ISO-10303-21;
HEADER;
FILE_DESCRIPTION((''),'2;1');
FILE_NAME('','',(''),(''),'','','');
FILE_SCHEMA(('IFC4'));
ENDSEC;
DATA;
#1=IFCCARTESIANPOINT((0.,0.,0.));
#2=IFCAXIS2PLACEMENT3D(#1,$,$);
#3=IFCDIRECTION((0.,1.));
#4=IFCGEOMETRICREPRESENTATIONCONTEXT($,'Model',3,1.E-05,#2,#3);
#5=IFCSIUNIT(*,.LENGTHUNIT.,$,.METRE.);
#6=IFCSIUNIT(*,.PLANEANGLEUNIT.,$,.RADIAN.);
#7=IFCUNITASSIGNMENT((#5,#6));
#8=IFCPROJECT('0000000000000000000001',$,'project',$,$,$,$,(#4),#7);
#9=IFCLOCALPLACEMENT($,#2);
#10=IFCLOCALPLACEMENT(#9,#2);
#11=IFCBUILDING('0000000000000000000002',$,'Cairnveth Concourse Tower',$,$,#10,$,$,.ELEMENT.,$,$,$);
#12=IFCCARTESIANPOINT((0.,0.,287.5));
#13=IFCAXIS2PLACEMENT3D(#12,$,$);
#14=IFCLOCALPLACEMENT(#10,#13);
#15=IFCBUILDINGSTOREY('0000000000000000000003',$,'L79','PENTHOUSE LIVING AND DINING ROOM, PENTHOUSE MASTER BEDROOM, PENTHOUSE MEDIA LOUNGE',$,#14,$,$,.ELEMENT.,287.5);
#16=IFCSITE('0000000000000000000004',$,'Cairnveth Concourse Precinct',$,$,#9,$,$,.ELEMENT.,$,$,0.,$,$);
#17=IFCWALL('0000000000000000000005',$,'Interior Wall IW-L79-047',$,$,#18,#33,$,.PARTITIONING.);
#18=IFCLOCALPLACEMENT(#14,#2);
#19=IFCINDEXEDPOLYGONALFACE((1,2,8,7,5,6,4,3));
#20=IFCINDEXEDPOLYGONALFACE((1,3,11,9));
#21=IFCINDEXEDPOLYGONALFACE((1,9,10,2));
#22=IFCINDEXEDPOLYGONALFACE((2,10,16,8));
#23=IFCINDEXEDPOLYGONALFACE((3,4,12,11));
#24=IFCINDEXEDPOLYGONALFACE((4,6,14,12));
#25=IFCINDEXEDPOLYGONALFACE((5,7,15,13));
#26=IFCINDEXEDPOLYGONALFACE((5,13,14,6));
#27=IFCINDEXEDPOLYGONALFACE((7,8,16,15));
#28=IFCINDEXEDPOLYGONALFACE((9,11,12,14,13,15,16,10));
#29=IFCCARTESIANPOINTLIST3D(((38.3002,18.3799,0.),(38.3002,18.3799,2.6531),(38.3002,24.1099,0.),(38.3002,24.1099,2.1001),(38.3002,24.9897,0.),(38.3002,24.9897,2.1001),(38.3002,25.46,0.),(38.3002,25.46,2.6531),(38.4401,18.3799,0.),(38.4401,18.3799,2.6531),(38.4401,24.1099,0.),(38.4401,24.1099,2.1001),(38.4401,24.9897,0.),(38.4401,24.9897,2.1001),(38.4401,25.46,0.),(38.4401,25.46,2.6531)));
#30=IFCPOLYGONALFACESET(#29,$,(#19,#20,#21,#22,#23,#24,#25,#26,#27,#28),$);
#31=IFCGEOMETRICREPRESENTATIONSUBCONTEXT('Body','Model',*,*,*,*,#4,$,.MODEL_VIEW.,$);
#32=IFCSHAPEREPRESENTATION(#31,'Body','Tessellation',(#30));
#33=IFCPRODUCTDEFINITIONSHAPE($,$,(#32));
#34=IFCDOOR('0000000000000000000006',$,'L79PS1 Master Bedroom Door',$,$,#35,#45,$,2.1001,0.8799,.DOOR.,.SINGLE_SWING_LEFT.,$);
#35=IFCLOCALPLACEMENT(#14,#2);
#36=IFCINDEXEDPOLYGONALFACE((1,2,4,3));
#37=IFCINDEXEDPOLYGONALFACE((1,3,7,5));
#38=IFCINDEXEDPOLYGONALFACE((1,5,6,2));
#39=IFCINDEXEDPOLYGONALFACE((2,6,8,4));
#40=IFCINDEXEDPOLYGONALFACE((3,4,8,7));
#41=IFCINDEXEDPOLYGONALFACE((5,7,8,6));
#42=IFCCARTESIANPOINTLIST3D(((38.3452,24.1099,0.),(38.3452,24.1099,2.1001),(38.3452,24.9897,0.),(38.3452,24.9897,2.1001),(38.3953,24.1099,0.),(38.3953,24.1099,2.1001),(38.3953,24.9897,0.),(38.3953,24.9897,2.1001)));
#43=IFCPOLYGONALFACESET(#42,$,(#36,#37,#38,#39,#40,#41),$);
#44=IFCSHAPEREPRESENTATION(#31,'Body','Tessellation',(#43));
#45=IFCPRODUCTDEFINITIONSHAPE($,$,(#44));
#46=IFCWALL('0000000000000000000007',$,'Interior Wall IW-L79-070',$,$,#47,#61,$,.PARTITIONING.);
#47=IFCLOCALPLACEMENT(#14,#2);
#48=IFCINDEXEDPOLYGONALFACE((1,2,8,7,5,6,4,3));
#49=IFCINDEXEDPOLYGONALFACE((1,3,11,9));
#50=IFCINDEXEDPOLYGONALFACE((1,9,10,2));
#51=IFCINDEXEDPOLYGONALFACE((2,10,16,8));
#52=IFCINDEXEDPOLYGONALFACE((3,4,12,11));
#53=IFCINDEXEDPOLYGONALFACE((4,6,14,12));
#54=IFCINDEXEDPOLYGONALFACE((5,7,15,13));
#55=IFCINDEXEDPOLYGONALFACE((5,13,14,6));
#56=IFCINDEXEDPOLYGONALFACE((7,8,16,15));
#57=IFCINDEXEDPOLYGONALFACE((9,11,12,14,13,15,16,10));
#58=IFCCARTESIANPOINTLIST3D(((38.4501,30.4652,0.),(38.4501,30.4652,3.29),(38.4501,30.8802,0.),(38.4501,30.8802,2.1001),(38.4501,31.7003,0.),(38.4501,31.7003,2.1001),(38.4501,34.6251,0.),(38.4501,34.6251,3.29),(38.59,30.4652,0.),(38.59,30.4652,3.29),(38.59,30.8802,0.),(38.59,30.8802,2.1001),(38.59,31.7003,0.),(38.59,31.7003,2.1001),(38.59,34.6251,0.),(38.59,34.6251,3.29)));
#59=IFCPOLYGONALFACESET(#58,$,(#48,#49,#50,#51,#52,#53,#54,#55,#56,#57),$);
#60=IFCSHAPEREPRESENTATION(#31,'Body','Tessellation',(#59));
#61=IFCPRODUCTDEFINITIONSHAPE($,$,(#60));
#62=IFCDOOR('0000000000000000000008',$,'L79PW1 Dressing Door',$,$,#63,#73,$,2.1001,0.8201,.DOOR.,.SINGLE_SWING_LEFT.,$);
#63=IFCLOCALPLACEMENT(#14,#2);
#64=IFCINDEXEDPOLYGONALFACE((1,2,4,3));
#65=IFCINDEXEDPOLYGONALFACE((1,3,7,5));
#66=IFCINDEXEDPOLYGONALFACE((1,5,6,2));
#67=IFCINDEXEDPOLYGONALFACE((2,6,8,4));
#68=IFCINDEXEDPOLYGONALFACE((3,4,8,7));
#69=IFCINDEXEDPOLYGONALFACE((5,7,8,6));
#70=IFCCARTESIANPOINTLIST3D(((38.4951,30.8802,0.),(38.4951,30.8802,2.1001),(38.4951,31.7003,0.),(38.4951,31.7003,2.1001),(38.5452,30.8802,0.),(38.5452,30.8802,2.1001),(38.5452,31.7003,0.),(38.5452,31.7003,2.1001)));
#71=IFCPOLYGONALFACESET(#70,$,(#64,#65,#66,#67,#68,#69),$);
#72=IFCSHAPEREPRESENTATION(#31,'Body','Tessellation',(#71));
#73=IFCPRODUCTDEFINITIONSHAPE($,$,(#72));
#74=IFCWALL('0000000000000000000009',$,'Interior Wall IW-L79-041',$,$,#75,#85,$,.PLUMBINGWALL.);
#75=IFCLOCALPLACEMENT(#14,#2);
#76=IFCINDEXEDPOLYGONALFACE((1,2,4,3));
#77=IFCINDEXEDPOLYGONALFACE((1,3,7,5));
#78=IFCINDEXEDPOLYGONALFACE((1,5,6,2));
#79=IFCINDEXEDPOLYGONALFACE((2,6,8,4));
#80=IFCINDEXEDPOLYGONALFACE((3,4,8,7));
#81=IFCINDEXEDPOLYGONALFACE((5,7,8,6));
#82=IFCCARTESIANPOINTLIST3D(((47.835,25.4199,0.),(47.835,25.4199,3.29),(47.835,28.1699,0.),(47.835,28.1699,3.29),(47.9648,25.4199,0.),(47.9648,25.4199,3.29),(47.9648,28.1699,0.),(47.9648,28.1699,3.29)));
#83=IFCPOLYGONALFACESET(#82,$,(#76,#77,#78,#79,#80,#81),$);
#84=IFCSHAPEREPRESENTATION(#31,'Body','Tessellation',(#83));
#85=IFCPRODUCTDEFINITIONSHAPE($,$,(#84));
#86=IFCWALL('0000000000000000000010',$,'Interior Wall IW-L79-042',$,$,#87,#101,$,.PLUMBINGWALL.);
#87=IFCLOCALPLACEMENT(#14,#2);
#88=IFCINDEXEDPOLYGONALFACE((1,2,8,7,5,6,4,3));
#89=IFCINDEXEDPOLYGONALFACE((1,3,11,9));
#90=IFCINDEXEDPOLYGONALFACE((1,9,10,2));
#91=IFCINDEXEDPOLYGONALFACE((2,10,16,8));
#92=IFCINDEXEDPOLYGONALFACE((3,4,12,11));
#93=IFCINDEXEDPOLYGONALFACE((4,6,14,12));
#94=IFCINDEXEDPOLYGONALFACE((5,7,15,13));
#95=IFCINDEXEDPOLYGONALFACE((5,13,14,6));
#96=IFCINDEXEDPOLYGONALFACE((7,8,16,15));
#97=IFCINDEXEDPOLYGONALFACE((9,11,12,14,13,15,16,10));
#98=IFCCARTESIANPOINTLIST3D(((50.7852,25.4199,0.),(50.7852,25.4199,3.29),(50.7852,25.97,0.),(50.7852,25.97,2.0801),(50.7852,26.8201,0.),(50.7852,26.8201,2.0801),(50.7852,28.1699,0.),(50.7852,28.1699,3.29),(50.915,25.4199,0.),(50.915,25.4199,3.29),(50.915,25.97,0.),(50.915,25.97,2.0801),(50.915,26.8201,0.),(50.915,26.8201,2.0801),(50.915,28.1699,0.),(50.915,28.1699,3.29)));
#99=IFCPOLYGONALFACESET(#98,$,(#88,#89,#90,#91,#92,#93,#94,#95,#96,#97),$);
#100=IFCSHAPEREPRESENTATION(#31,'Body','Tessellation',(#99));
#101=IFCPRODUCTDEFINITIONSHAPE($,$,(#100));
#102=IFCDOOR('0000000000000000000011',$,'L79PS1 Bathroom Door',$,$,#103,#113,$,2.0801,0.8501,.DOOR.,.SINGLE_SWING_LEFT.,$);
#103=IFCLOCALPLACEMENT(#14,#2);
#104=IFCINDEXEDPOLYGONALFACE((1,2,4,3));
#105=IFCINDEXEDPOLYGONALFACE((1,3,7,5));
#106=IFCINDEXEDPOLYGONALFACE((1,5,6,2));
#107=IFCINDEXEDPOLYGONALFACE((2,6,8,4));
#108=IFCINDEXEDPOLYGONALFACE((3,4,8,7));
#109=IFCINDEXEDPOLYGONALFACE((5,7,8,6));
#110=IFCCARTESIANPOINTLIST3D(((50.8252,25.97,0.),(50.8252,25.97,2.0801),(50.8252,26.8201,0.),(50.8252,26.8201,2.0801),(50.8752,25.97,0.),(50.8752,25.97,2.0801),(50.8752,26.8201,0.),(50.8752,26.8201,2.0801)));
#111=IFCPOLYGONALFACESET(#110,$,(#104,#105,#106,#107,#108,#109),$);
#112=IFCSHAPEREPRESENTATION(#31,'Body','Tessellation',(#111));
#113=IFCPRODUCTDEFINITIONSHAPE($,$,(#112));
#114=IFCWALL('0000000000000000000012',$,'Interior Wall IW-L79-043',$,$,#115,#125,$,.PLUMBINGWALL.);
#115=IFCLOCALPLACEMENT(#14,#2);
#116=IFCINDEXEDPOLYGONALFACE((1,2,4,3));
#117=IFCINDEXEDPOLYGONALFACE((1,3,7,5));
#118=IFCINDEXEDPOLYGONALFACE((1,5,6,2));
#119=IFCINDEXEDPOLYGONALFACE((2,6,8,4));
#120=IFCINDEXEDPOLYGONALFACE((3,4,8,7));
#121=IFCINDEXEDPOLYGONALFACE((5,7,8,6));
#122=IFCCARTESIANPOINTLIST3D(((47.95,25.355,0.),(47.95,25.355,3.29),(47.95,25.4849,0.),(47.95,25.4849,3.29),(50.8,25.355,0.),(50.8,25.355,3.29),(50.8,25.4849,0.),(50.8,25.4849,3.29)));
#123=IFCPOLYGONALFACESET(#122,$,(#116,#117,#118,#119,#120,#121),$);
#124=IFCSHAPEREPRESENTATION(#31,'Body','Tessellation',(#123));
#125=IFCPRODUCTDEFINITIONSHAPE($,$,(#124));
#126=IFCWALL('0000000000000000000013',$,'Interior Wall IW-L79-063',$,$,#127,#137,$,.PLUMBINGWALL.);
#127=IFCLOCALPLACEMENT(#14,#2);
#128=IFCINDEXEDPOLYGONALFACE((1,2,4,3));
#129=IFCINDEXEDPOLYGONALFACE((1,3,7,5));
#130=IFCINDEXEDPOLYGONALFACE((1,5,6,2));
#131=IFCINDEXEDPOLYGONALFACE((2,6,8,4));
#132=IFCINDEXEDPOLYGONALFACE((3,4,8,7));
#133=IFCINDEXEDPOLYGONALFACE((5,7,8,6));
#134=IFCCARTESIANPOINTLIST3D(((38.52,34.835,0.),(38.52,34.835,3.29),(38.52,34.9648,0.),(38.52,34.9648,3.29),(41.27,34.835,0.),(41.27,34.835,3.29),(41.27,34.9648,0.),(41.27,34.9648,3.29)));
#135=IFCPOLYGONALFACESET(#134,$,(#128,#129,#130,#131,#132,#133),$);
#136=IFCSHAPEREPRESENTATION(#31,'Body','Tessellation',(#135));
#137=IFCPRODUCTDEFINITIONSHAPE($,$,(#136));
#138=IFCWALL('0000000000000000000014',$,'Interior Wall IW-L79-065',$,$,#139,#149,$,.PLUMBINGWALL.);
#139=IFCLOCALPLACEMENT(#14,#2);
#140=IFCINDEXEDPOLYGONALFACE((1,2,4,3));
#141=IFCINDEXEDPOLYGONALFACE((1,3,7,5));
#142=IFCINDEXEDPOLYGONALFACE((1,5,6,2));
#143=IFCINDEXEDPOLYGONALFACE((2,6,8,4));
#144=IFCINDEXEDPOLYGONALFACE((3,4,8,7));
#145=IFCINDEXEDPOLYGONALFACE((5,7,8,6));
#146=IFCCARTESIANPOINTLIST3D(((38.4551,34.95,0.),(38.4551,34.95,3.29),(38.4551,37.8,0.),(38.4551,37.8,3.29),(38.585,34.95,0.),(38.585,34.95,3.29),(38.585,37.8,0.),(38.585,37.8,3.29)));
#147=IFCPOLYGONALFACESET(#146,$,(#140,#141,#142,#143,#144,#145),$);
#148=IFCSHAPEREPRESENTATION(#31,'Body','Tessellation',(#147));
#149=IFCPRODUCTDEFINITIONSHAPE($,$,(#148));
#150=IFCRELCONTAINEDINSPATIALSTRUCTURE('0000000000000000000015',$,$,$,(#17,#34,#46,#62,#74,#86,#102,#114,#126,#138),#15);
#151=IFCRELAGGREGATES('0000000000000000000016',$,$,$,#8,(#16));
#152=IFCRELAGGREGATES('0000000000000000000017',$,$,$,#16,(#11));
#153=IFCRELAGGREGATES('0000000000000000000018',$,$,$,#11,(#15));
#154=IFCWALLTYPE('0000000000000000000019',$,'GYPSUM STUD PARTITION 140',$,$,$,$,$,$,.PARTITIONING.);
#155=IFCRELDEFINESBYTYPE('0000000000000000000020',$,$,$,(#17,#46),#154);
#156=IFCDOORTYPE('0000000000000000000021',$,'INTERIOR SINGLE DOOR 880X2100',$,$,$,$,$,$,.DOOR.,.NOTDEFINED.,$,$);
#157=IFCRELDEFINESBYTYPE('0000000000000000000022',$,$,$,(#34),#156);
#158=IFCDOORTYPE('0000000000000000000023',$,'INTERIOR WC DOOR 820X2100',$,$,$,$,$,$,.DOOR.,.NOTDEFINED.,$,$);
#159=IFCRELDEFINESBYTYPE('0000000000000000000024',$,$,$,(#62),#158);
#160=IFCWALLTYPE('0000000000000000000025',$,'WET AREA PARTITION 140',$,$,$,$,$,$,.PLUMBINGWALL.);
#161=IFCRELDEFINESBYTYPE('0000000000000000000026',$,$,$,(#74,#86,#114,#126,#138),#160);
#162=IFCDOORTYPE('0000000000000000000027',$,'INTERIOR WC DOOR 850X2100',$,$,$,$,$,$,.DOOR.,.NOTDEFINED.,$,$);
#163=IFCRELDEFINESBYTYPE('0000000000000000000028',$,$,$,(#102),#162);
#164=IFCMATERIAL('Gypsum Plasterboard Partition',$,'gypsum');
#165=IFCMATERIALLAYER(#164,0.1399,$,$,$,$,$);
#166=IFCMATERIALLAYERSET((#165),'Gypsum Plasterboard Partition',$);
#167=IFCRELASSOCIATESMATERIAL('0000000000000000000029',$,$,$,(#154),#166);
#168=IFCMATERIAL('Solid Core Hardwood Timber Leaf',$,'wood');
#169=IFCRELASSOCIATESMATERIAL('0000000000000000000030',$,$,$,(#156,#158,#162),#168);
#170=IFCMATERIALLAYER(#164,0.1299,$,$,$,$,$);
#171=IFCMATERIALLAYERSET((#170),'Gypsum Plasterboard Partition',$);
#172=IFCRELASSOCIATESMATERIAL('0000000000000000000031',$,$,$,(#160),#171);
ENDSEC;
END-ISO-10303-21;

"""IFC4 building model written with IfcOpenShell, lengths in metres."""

from ifc_helpers import new_model, si_unit, direction, frame, frame_2d, origin, place, context, subcontext, project, spatial, rectangle, extrude, material, layer, layer_set, type_object, element, fill, save


model = new_model("IFC4")

# Units and contexts
model_context = context("Model", 3, precision=1e-05, world=origin(), true_north=direction((0.0, 1.0)))
body_context = subcontext(model_context, "Body", "Model", "MODEL_VIEW")
ifc_project = project(units=[si_unit("LENGTHUNIT", "METRE"), si_unit("PLANEANGLEUNIT", "RADIAN")], contexts=[model_context])

# Site, building, storey
site_placement = place(None, origin())
site = spatial("IfcSite", under=ifc_project, at=site_placement, Name="Cairnveth Concourse Precinct", CompositionType="ELEMENT", RefElevation=0.0)
building_placement = place(site_placement, origin())
building = spatial("IfcBuilding", under=site, at=building_placement, Name="Cairnveth Concourse Tower", CompositionType="ELEMENT")
storey_placement = place(building_placement, frame((0.0, 0.0, 287.5)))
storey = spatial("IfcBuildingStorey", under=building, at=storey_placement, Name="L79", Description="PENTHOUSE LIVING AND DINING ROOM, PENTHOUSE MASTER BEDROOM, PENTHOUSE MEDIA LOUNGE", CompositionType="ELEMENT", Elevation=287.5)

# Shared definitions
ifc_material_1 = material(Name="Gypsum Plasterboard Partition", Category="gypsum")

# Shared definitions
ifc_material_2 = material(Name="Solid Core Hardwood Timber Leaf", Category="wood")

# Walls, openings, doors
ifc_layer_1 = layer(ifc_material_1, 0.1399)
ifc_layer_set_1 = layer_set([ifc_layer_1], Name="Gypsum Plasterboard Partition")
wall_type_1 = type_object("IfcWallType", Name="GYPSUM STUD PARTITION 140", PredefinedType="PARTITIONING", material=ifc_layer_set_1)
wall_1_placement = place(storey_placement, frame((38.3701, 18.3799, 0.0), z_axis=(0.0, 0.0, 1.0), x_axis=(0.0, 1.0, 0.0)))
wall_1 = element("IfcWall", 1, at=wall_1_placement, inside=storey, type_object=wall_type_1, Name="Interior Wall IW-L79-047", PredefinedType="PARTITIONING", context=body_context, shape_type="SweptSolid", body=[
    extrude(rectangle(XDim=7.0801, YDim=0.1399, at=frame_2d((3.54, 0.0))), origin(), (0.0, 0.0, 1.0), 2.6531),
])
opening_1_placement = place(wall_1_placement, frame((5.73, 0.0, 0.0)))
opening_1 = element("IfcOpeningElement", 2, at=opening_1_placement, cuts=wall_1, PredefinedType="OPENING", context=body_context, shape_type="SweptSolid", body=[
    extrude(rectangle(XDim=0.8799, YDim=2.1001, at=frame_2d((0.4399, 1.05))), frame((0.0, 0.0798, 0.0), z_axis=(0.0, -1.0, 0.0), x_axis=(1.0, 0.0, 0.0)), (0.0, 0.0, 1.0), 0.1599),
])
door_type_1 = type_object("IfcDoorType", Name="INTERIOR SINGLE DOOR 880X2100", OperationType="NOTDEFINED", PredefinedType="DOOR", material=ifc_material_2)
door_1_placement = place(opening_1_placement, origin())
door_1 = element("IfcDoor", 3, at=door_1_placement, inside=storey, type_object=door_type_1, Name="L79PS1 Master Bedroom Door", OperationType="SINGLE_SWING_LEFT", OverallHeight=2.1001, OverallWidth=0.8799, PredefinedType="DOOR", context=body_context, shape_type="SweptSolid", body=[
    extrude(rectangle(XDim=0.8799, YDim=2.1001, at=frame_2d((0.4399, 1.05))), frame((0.0, 0.0249, 0.0), z_axis=(0.0, -1.0, 0.0), x_axis=(1.0, 0.0, 0.0)), (0.0, 0.0, 1.0), 0.05),
])
fill(opening_1, door_1)
wall_2_placement = place(storey_placement, frame((38.52, 30.4651, 0.0), z_axis=(0.0, 0.0, 1.0), x_axis=(0.0, 1.0, 0.0)))
wall_2 = element("IfcWall", 4, at=wall_2_placement, inside=storey, type_object=wall_type_1, Name="Interior Wall IW-L79-070", PredefinedType="PARTITIONING", context=body_context, shape_type="SweptSolid", body=[
    extrude(rectangle(XDim=4.1599, YDim=0.1399, at=frame_2d((2.0801, 0.0))), origin(), (0.0, 0.0, 1.0), 3.29),
])
opening_2_placement = place(wall_2_placement, frame((0.415, 0.0, 0.0)))
opening_2 = element("IfcOpeningElement", 5, at=opening_2_placement, cuts=wall_2, PredefinedType="OPENING", context=body_context, shape_type="SweptSolid", body=[
    extrude(rectangle(XDim=0.8201, YDim=2.1001, at=frame_2d((0.4102, 1.05))), frame((0.0, 0.0798, 0.0), z_axis=(0.0, -1.0, 0.0), x_axis=(1.0, 0.0, 0.0)), (0.0, 0.0, 1.0), 0.1599),
])
door_type_2 = type_object("IfcDoorType", Name="INTERIOR WC DOOR 820X2100", OperationType="NOTDEFINED", PredefinedType="DOOR", material=ifc_material_2)
door_2_placement = place(opening_2_placement, origin())
door_2 = element("IfcDoor", 6, at=door_2_placement, inside=storey, type_object=door_type_2, Name="L79PW1 Dressing Door", OperationType="SINGLE_SWING_LEFT", OverallHeight=2.1001, OverallWidth=0.8201, PredefinedType="DOOR", context=body_context, shape_type="SweptSolid", body=[
    extrude(rectangle(XDim=0.8201, YDim=2.1001, at=frame_2d((0.4102, 1.05))), frame((0.0, 0.0249, 0.0), z_axis=(0.0, -1.0, 0.0), x_axis=(1.0, 0.0, 0.0)), (0.0, 0.0, 1.0), 0.05),
])
fill(opening_2, door_2)

# Wall
ifc_layer_2 = layer(ifc_material_1, 0.1299)
ifc_layer_set_2 = layer_set([ifc_layer_2], Name="Gypsum Plasterboard Partition")
wall_type_2 = type_object("IfcWallType", Name="WET AREA PARTITION 140", PredefinedType="PLUMBINGWALL", material=ifc_layer_set_2)
wall_3_placement = place(storey_placement, frame((47.8999, 25.4199, 0.0), z_axis=(0.0, 0.0, 1.0), x_axis=(0.0, 1.0, 0.0)))
element("IfcWall", 7, at=wall_3_placement, inside=storey, type_object=wall_type_2, Name="Interior Wall IW-L79-041", PredefinedType="PLUMBINGWALL", context=body_context, shape_type="SweptSolid", body=[
    extrude(rectangle(XDim=2.75, YDim=0.1299, at=frame_2d((1.375, 0.0))), origin(), (0.0, 0.0, 1.0), 3.29),
])

# Wall, opening, door
wall_4_placement = place(storey_placement, frame((50.8501, 25.4199, 0.0), z_axis=(0.0, 0.0, 1.0), x_axis=(0.0, 1.0, 0.0)))
wall_4 = element("IfcWall", 8, at=wall_4_placement, inside=storey, type_object=wall_type_2, Name="Interior Wall IW-L79-042", PredefinedType="PLUMBINGWALL", context=body_context, shape_type="SweptSolid", body=[
    extrude(rectangle(XDim=2.75, YDim=0.1299, at=frame_2d((1.375, 0.0))), origin(), (0.0, 0.0, 1.0), 3.29),
])
opening_3_placement = place(wall_4_placement, frame((0.55, 0.0, 0.0)))
opening_3 = element("IfcOpeningElement", 9, at=opening_3_placement, cuts=wall_4, PredefinedType="OPENING", context=body_context, shape_type="SweptSolid", body=[
    extrude(rectangle(XDim=0.8501, YDim=2.0801, at=frame_2d((0.425, 1.04))), frame((0.0, 0.075, 0.0), z_axis=(0.0, -1.0, 0.0), x_axis=(1.0, 0.0, 0.0)), (0.0, 0.0, 1.0), 0.1499),
])
door_type_3 = type_object("IfcDoorType", Name="INTERIOR WC DOOR 850X2100", OperationType="NOTDEFINED", PredefinedType="DOOR", material=ifc_material_2)
door_3_placement = place(opening_3_placement, origin())
door_3 = element("IfcDoor", 10, at=door_3_placement, inside=storey, type_object=door_type_3, Name="L79PS1 Bathroom Door", OperationType="SINGLE_SWING_LEFT", OverallHeight=2.0801, OverallWidth=0.8501, PredefinedType="DOOR", context=body_context, shape_type="SweptSolid", body=[
    extrude(rectangle(XDim=0.8501, YDim=2.0801, at=frame_2d((0.425, 1.04))), frame((0.0, 0.0249, 0.0), z_axis=(0.0, -1.0, 0.0), x_axis=(1.0, 0.0, 0.0)), (0.0, 0.0, 1.0), 0.05),
])
fill(opening_3, door_3)

# Walls
wall_5_placement = place(storey_placement, frame((47.95, 25.4199, 0.0), z_axis=(0.0, 0.0, 1.0), x_axis=(1.0, 0.0, 0.0)))
element("IfcWall", 11, at=wall_5_placement, inside=storey, type_object=wall_type_2, Name="Interior Wall IW-L79-043", PredefinedType="PLUMBINGWALL", context=body_context, shape_type="SweptSolid", body=[
    extrude(rectangle(XDim=2.8501, YDim=0.1299, at=frame_2d((1.425, 0.0))), origin(), (0.0, 0.0, 1.0), 3.29),
])
wall_6_placement = place(storey_placement, frame((38.52, 34.8999, 0.0), z_axis=(0.0, 0.0, 1.0), x_axis=(1.0, 0.0, 0.0)))
element("IfcWall", 12, at=wall_6_placement, inside=storey, type_object=wall_type_2, Name="Interior Wall IW-L79-063", PredefinedType="PLUMBINGWALL", context=body_context, shape_type="SweptSolid", body=[
    extrude(rectangle(XDim=2.75, YDim=0.1299, at=frame_2d((1.375, 0.0))), origin(), (0.0, 0.0, 1.0), 3.29),
])
wall_7_placement = place(storey_placement, frame((38.52, 34.95, 0.0), z_axis=(0.0, 0.0, 1.0), x_axis=(0.0, 1.0, 0.0)))
element("IfcWall", 13, at=wall_7_placement, inside=storey, type_object=wall_type_2, Name="Interior Wall IW-L79-065", PredefinedType="PLUMBINGWALL", context=body_context, shape_type="SweptSolid", body=[
    extrude(rectangle(XDim=2.8501, YDim=0.1299, at=frame_2d((1.425, 0.0))), origin(), (0.0, 0.0, 1.0), 3.29),
])

save(model, "model.ifc")
